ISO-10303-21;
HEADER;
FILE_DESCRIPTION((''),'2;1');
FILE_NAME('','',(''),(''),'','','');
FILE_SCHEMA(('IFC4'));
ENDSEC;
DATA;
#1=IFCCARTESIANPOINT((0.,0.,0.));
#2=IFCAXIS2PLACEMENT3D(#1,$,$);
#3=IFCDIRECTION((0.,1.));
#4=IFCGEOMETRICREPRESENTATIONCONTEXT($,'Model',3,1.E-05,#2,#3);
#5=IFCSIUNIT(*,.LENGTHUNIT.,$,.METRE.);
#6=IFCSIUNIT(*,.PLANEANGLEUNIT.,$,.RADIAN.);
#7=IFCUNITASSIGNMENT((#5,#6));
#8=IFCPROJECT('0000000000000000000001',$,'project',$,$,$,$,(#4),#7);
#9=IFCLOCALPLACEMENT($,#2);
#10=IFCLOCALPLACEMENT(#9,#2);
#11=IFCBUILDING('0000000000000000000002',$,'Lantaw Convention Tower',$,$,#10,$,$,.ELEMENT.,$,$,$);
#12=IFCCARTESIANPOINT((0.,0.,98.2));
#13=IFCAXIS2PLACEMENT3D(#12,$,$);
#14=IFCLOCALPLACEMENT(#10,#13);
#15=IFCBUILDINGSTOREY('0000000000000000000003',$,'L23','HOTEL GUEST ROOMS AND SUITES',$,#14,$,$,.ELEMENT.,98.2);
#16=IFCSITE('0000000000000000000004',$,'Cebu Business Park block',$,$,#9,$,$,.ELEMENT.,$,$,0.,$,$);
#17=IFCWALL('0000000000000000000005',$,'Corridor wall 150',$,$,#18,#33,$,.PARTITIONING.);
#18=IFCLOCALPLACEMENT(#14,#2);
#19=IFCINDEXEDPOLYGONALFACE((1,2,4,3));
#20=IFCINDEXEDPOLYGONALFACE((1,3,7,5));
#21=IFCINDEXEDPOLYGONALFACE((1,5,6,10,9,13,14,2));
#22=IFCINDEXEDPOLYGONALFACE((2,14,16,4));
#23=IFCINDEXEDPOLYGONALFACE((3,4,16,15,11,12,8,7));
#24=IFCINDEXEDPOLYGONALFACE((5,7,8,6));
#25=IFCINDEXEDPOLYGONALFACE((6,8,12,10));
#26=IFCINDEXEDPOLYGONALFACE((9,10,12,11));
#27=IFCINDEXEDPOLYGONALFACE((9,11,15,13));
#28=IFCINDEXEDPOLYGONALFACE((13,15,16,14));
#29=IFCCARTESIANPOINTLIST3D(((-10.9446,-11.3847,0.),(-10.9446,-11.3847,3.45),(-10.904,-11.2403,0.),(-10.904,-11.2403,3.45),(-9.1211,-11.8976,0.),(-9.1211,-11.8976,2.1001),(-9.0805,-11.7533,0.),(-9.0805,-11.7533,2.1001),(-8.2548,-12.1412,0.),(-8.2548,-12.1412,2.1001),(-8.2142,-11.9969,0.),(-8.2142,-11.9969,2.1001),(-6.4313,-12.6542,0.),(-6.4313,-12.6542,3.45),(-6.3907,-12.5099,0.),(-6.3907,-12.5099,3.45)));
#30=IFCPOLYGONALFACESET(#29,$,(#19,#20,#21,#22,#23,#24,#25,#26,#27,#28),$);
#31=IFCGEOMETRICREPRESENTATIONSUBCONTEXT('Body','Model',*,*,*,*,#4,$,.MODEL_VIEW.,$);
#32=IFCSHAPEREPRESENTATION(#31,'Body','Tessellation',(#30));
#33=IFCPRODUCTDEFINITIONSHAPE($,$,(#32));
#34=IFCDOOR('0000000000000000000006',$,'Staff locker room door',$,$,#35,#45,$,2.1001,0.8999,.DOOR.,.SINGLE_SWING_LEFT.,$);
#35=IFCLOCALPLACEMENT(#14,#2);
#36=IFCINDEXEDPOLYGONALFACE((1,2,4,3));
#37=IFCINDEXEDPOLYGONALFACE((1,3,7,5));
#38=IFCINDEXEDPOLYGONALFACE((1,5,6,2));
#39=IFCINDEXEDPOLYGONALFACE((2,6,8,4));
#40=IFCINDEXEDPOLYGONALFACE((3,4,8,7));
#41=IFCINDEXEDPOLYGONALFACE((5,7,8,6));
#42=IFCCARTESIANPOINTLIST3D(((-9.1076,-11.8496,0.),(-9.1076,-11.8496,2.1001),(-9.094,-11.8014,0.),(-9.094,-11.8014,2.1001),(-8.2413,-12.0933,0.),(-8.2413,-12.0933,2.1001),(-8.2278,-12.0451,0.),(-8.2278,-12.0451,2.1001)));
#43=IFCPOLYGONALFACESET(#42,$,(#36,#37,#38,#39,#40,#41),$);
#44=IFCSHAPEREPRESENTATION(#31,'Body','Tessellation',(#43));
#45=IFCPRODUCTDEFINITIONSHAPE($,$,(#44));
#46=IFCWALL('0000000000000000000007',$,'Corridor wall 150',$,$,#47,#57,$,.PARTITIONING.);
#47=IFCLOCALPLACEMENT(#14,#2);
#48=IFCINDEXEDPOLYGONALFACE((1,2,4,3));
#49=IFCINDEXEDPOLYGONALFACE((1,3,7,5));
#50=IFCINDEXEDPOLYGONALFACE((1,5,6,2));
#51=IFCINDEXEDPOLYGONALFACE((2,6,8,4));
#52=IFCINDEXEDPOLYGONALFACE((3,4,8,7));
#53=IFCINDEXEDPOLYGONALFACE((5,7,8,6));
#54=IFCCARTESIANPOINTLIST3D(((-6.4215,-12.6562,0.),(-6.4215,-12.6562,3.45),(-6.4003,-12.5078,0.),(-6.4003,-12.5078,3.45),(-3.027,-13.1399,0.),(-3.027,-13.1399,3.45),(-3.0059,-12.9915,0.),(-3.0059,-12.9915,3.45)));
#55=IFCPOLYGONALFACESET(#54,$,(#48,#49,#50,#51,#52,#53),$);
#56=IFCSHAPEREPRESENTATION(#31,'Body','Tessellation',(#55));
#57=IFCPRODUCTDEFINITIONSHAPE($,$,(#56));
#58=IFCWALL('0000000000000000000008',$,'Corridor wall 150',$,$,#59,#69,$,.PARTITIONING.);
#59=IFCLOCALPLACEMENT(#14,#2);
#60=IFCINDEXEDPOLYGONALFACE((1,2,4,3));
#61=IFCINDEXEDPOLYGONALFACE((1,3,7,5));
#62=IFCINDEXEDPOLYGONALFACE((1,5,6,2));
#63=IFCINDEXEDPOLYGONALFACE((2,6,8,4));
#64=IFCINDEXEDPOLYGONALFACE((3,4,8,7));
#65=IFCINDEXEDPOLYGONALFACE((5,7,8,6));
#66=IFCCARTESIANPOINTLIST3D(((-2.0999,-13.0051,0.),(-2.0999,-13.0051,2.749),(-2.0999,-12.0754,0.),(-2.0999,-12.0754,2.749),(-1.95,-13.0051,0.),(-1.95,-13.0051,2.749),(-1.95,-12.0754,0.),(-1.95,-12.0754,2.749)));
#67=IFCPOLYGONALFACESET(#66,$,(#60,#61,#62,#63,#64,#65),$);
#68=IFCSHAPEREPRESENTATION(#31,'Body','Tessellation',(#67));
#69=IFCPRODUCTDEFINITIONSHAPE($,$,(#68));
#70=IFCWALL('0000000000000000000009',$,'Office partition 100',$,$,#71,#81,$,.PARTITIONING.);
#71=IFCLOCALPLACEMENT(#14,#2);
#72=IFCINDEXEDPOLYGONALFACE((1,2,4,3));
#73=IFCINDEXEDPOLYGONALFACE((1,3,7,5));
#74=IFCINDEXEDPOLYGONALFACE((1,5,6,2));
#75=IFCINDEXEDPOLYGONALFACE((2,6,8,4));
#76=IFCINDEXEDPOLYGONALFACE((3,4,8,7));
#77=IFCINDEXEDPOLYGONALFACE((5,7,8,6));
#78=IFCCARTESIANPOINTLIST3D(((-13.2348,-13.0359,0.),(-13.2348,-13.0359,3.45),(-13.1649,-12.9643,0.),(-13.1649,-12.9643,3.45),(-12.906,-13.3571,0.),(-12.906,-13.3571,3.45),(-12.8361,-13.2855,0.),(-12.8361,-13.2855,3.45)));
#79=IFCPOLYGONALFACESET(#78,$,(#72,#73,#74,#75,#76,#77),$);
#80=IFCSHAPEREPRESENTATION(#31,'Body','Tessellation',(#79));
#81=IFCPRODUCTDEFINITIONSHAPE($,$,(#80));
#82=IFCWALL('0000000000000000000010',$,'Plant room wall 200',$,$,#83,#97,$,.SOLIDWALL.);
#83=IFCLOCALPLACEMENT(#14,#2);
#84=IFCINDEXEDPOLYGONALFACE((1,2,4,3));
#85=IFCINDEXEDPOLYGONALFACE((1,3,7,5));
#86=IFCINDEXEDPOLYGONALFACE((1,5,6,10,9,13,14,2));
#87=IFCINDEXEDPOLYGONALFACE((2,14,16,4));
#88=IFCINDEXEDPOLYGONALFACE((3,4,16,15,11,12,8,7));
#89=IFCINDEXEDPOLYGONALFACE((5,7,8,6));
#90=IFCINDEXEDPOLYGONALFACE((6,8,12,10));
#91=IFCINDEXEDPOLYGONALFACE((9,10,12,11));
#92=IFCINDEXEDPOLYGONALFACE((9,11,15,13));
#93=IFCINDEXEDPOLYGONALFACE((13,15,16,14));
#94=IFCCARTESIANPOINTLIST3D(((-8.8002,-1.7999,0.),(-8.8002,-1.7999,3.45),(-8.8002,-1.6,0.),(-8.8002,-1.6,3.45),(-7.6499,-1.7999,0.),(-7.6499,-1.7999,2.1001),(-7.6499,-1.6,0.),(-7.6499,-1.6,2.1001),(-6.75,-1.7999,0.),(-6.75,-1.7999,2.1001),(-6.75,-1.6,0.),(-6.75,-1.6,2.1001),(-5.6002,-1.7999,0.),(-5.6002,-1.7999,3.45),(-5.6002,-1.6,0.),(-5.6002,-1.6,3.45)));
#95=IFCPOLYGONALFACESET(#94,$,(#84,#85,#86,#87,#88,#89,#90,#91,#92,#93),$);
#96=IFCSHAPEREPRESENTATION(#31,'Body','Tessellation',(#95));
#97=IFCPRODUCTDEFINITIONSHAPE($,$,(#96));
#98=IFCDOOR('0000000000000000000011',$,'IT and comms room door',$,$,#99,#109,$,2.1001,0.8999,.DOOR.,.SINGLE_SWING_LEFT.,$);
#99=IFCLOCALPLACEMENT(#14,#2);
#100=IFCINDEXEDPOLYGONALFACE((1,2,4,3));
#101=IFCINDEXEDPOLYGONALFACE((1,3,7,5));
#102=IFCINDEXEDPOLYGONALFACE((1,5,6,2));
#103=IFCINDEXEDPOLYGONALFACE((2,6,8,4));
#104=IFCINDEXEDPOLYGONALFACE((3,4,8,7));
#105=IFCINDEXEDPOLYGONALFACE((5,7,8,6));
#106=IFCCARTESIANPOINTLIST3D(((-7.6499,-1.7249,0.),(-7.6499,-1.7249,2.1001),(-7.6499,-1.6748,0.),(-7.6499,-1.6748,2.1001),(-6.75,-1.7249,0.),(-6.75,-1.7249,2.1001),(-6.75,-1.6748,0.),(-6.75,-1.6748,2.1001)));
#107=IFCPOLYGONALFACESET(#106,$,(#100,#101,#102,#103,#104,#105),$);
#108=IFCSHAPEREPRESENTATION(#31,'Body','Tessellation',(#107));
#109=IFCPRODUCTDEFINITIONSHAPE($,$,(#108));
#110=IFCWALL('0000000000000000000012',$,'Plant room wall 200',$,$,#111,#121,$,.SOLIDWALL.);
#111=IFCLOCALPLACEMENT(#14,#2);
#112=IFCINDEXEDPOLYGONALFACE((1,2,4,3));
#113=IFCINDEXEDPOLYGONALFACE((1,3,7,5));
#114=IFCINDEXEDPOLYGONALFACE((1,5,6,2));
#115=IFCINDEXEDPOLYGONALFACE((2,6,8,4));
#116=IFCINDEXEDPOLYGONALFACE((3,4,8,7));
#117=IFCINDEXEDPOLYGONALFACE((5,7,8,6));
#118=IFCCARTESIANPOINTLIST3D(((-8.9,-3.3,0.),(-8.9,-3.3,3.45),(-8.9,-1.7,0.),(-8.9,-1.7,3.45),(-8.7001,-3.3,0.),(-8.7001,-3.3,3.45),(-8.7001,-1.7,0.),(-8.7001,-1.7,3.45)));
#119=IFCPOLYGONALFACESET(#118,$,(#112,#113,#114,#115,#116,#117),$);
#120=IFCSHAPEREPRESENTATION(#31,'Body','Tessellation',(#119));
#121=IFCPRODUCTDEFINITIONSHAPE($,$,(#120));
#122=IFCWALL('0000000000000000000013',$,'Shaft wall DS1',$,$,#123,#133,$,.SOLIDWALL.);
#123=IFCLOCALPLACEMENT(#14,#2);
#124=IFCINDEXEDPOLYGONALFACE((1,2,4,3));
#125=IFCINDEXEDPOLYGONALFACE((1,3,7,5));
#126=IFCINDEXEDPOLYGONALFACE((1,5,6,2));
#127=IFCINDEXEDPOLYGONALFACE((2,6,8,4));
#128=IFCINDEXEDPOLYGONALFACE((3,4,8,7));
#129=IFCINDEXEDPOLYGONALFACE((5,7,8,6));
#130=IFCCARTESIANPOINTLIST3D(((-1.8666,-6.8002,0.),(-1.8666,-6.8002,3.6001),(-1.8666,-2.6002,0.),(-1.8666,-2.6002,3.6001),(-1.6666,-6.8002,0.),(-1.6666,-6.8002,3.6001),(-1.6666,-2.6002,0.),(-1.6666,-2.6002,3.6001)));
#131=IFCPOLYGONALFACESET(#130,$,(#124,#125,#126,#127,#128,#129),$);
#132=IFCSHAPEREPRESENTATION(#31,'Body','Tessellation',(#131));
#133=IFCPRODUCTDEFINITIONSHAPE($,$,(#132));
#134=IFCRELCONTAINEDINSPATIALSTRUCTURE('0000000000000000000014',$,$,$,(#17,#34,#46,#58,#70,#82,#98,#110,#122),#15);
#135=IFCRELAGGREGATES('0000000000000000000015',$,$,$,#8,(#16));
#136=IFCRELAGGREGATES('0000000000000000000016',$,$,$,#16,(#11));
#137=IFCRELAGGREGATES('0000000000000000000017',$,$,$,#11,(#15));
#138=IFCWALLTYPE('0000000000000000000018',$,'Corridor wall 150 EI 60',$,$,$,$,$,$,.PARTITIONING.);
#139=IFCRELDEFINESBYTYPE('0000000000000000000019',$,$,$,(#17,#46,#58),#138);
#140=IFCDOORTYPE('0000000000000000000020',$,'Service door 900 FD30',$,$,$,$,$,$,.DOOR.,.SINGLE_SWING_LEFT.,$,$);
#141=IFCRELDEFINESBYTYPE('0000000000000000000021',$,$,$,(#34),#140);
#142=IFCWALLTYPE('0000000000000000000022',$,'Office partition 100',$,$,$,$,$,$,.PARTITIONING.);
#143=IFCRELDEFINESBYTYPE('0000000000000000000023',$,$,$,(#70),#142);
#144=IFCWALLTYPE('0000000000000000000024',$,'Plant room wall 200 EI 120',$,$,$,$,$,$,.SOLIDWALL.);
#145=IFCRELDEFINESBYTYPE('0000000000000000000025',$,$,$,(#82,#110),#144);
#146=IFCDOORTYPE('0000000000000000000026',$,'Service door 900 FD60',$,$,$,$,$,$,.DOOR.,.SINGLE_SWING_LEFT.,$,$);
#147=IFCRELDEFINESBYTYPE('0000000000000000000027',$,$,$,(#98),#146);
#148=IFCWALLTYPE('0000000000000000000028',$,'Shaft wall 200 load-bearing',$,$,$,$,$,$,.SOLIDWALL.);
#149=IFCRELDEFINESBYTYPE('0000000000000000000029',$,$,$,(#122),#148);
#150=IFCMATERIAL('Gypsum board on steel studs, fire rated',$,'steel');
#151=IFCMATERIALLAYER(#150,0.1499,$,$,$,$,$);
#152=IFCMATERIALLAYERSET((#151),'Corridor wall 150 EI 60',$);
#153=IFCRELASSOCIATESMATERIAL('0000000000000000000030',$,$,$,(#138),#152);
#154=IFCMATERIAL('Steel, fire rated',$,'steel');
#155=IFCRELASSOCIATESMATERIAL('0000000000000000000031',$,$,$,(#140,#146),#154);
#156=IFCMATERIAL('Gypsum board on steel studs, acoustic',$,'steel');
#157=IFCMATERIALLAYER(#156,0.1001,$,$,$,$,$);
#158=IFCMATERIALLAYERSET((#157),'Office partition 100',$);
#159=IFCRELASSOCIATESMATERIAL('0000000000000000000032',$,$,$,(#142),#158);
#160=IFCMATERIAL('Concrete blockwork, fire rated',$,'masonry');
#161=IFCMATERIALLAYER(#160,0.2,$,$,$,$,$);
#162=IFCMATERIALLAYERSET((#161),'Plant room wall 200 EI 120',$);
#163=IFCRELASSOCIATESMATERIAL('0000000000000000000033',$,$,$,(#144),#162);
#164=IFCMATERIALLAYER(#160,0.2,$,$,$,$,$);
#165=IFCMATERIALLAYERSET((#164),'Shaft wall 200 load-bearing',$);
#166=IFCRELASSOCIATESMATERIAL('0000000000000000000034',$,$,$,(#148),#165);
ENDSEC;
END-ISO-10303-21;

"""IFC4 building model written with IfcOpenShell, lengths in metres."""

from ifc_helpers import new_model, si_unit, direction, frame, frame_2d, origin, place, context, subcontext, project, spatial, rectangle, extrude, material, layer, layer_set, type_object, element, fill, save


model = new_model("IFC4")

# Units and contexts
model_context = context("Model", 3, precision=1e-05, world=origin(), true_north=direction((0.0, 1.0)))
body_context = subcontext(model_context, "Body", "Model", "MODEL_VIEW")
ifc_project = project(units=[si_unit("LENGTHUNIT", "METRE"), si_unit("PLANEANGLEUNIT", "RADIAN")], contexts=[model_context])

# Site, building, storey
site_placement = place(None, origin())
site = spatial("IfcSite", under=ifc_project, at=site_placement, Name="Cebu Business Park block", CompositionType="ELEMENT", RefElevation=0.0)
building_placement = place(site_placement, origin())
building = spatial("IfcBuilding", under=site, at=building_placement, Name="Lantaw Convention Tower", CompositionType="ELEMENT")
storey_placement = place(building_placement, frame((0.0, 0.0, 98.2)))
storey = spatial("IfcBuildingStorey", under=building, at=storey_placement, Name="L23", Description="HOTEL GUEST ROOMS AND SUITES", CompositionType="ELEMENT", Elevation=98.2)

# Shared definitions
ifc_material_1 = material(Name="Steel, fire rated", Category="steel")

# Shared definitions
ifc_material_2 = material(Name="Gypsum board on steel studs, fire rated", Category="steel")
ifc_layer_1 = layer(ifc_material_2, 0.1499)
ifc_layer_set_1 = layer_set([ifc_layer_1], Name="Corridor wall 150 EI 60")
wall_type_1 = type_object("IfcWallType", Name="Corridor wall 150 EI 60", PredefinedType="PARTITIONING", material=ifc_layer_set_1)

# Wall, opening, door
wall_1_placement = place(storey_placement, frame((-10.9243, -11.3125, 0.0), z_axis=(0.0, 0.0, 1.0), x_axis=(0.962644, -0.270771, 0.0)))
wall_1 = element("IfcWall", 1, at=wall_1_placement, inside=storey, type_object=wall_type_1, Name="Corridor wall 150", PredefinedType="PARTITIONING", context=body_context, shape_type="SweptSolid", body=[
    extrude(rectangle(XDim=4.6885, YDim=0.1499, at=frame_2d((2.3442, 0.0))), origin(), (0.0, 0.0, 1.0), 3.45),
])
opening_1_placement = place(wall_1_placement, frame((1.8943, 0.0, 0.0)))
opening_1 = element("IfcOpeningElement", 2, at=opening_1_placement, cuts=wall_1, PredefinedType="OPENING", context=body_context, shape_type="SweptSolid", body=[
    extrude(rectangle(XDim=0.8999, YDim=2.1001, at=frame_2d((0.45, 1.05))), frame((0.0, 0.085, 0.0), z_axis=(0.0, -1.0, 0.0), x_axis=(1.0, 0.0, 0.0)), (0.0, 0.0, 1.0), 0.1699),
])
door_type_1 = type_object("IfcDoorType", Name="Service door 900 FD30", OperationType="SINGLE_SWING_LEFT", PredefinedType="DOOR", material=ifc_material_1)
door_1_placement = place(opening_1_placement, origin())
door_1 = element("IfcDoor", 3, at=door_1_placement, inside=storey, type_object=door_type_1, Name="Staff locker room door", OperationType="SINGLE_SWING_LEFT", OverallHeight=2.1001, OverallWidth=0.8999, PredefinedType="DOOR", context=body_context, shape_type="SweptSolid", body=[
    extrude(rectangle(XDim=0.8999, YDim=2.1001, at=frame_2d((0.45, 1.05))), frame((0.0, 0.0249, 0.0), z_axis=(0.0, -1.0, 0.0), x_axis=(1.0, 0.0, 0.0)), (0.0, 0.0, 1.0), 0.05),
])
fill(opening_1, door_1)

# Walls
wall_2_placement = place(storey_placement, frame((-6.4109, -12.582, 0.0), z_axis=(0.0, 0.0, 1.0), x_axis=(0.990002, -0.141053, 0.0)))
element("IfcWall", 4, at=wall_2_placement, inside=storey, type_object=wall_type_1, Name="Corridor wall 150", PredefinedType="PARTITIONING", context=body_context, shape_type="SweptSolid", body=[
    extrude(rectangle(XDim=3.4287, YDim=0.1499, at=frame_2d((1.7144, 0.0))), origin(), (0.0, 0.0, 1.0), 3.45),
])
wall_3_placement = place(storey_placement, frame((-2.0249, -13.0051, 0.0), z_axis=(0.0, 0.0, 1.0), x_axis=(0.0, 1.0, 0.0)))
element("IfcWall", 5, at=wall_3_placement, inside=storey, type_object=wall_type_1, Name="Corridor wall 150", PredefinedType="PARTITIONING", context=body_context, shape_type="SweptSolid", body=[
    extrude(rectangle(XDim=0.9297, YDim=0.1499, at=frame_2d((0.4648, 0.0))), origin(), (0.0, 0.0, 1.0), 2.749),
])
ifc_material_3 = material(Name="Gypsum board on steel studs, acoustic", Category="steel")
ifc_layer_2 = layer(ifc_material_3, 0.1001)
ifc_layer_set_2 = layer_set([ifc_layer_2], Name="Office partition 100")
wall_type_2 = type_object("IfcWallType", Name="Office partition 100", PredefinedType="PARTITIONING", material=ifc_layer_set_2)
wall_4_placement = place(storey_placement, frame((-13.2, -13.0, 0.0), z_axis=(0.0, 0.0, 1.0), x_axis=(0.71529, -0.698828, 0.0)))
element("IfcWall", 6, at=wall_4_placement, inside=storey, type_object=wall_type_2, Name="Office partition 100", PredefinedType="PARTITIONING", context=body_context, shape_type="SweptSolid", body=[
    extrude(rectangle(XDim=0.4597, YDim=0.1001, at=frame_2d((0.23, 0.0))), origin(), (0.0, 0.0, 1.0), 3.45),
])

# Wall, opening, door
ifc_material_4 = material(Name="Concrete blockwork, fire rated", Category="masonry")
ifc_layer_3 = layer(ifc_material_4, 0.2)
ifc_layer_set_3 = layer_set([ifc_layer_3], Name="Plant room wall 200 EI 120")
wall_type_3 = type_object("IfcWallType", Name="Plant room wall 200 EI 120", PredefinedType="SOLIDWALL", material=ifc_layer_set_3)
wall_5_placement = place(storey_placement, frame((-5.6001, -1.7, 0.0), z_axis=(0.0, 0.0, 1.0), x_axis=(-1.0, 0.0, 0.0)))
wall_5 = element("IfcWall", 7, at=wall_5_placement, inside=storey, type_object=wall_type_3, Name="Plant room wall 200", PredefinedType="SOLIDWALL", context=body_context, shape_type="SweptSolid", body=[
    extrude(rectangle(XDim=3.2, YDim=0.2, at=frame_2d((1.6001, 0.0))), origin(), (0.0, 0.0, 1.0), 3.45),
])
opening_2_placement = place(wall_5_placement, frame((1.1499, 0.0, 0.0)))
opening_2 = element("IfcOpeningElement", 8, at=opening_2_placement, cuts=wall_5, PredefinedType="OPENING", context=body_context, shape_type="SweptSolid", body=[
    extrude(rectangle(XDim=0.8999, YDim=2.1001, at=frame_2d((0.45, 1.05))), frame((0.0, 0.1099, 0.0), z_axis=(0.0, -1.0, 0.0), x_axis=(1.0, 0.0, 0.0)), (0.0, 0.0, 1.0), 0.22),
])
door_type_2 = type_object("IfcDoorType", Name="Service door 900 FD60", OperationType="SINGLE_SWING_LEFT", PredefinedType="DOOR", material=ifc_material_1)
door_2_placement = place(opening_2_placement, origin())
door_2 = element("IfcDoor", 9, at=door_2_placement, inside=storey, type_object=door_type_2, Name="IT and comms room door", OperationType="SINGLE_SWING_LEFT", OverallHeight=2.1001, OverallWidth=0.8999, PredefinedType="DOOR", context=body_context, shape_type="SweptSolid", body=[
    extrude(rectangle(XDim=0.8999, YDim=2.1001, at=frame_2d((0.45, 1.05))), frame((0.0, 0.0249, 0.0), z_axis=(0.0, -1.0, 0.0), x_axis=(1.0, 0.0, 0.0)), (0.0, 0.0, 1.0), 0.05),
])
fill(opening_2, door_2)

# Walls
wall_6_placement = place(storey_placement, frame((-8.8, -1.7, 0.0), z_axis=(0.0, 0.0, 1.0), x_axis=(0.0, -1.0, 0.0)))
element("IfcWall", 10, at=wall_6_placement, inside=storey, type_object=wall_type_3, Name="Plant room wall 200", PredefinedType="SOLIDWALL", context=body_context, shape_type="SweptSolid", body=[
    extrude(rectangle(XDim=1.6001, YDim=0.2, at=frame_2d((0.8, 0.0))), origin(), (0.0, 0.0, 1.0), 3.45),
])
ifc_layer_4 = layer(ifc_material_4, 0.2)
ifc_layer_set_4 = layer_set([ifc_layer_4], Name="Shaft wall 200 load-bearing")
wall_type_4 = type_object("IfcWallType", Name="Shaft wall 200 load-bearing", PredefinedType="SOLIDWALL", material=ifc_layer_set_4)
wall_7_placement = place(storey_placement, frame((-1.7666, -2.6001, 0.0), z_axis=(0.0, 0.0, 1.0), x_axis=(0.0, -1.0, 0.0)))
element("IfcWall", 11, at=wall_7_placement, inside=storey, type_object=wall_type_4, Name="Shaft wall DS1", PredefinedType="SOLIDWALL", context=body_context, shape_type="SweptSolid", body=[
    extrude(rectangle(XDim=4.2, YDim=0.2, at=frame_2d((2.1001, 0.0))), origin(), (0.0, 0.0, 1.0), 3.6001),
])

save(model, "model.ifc")
